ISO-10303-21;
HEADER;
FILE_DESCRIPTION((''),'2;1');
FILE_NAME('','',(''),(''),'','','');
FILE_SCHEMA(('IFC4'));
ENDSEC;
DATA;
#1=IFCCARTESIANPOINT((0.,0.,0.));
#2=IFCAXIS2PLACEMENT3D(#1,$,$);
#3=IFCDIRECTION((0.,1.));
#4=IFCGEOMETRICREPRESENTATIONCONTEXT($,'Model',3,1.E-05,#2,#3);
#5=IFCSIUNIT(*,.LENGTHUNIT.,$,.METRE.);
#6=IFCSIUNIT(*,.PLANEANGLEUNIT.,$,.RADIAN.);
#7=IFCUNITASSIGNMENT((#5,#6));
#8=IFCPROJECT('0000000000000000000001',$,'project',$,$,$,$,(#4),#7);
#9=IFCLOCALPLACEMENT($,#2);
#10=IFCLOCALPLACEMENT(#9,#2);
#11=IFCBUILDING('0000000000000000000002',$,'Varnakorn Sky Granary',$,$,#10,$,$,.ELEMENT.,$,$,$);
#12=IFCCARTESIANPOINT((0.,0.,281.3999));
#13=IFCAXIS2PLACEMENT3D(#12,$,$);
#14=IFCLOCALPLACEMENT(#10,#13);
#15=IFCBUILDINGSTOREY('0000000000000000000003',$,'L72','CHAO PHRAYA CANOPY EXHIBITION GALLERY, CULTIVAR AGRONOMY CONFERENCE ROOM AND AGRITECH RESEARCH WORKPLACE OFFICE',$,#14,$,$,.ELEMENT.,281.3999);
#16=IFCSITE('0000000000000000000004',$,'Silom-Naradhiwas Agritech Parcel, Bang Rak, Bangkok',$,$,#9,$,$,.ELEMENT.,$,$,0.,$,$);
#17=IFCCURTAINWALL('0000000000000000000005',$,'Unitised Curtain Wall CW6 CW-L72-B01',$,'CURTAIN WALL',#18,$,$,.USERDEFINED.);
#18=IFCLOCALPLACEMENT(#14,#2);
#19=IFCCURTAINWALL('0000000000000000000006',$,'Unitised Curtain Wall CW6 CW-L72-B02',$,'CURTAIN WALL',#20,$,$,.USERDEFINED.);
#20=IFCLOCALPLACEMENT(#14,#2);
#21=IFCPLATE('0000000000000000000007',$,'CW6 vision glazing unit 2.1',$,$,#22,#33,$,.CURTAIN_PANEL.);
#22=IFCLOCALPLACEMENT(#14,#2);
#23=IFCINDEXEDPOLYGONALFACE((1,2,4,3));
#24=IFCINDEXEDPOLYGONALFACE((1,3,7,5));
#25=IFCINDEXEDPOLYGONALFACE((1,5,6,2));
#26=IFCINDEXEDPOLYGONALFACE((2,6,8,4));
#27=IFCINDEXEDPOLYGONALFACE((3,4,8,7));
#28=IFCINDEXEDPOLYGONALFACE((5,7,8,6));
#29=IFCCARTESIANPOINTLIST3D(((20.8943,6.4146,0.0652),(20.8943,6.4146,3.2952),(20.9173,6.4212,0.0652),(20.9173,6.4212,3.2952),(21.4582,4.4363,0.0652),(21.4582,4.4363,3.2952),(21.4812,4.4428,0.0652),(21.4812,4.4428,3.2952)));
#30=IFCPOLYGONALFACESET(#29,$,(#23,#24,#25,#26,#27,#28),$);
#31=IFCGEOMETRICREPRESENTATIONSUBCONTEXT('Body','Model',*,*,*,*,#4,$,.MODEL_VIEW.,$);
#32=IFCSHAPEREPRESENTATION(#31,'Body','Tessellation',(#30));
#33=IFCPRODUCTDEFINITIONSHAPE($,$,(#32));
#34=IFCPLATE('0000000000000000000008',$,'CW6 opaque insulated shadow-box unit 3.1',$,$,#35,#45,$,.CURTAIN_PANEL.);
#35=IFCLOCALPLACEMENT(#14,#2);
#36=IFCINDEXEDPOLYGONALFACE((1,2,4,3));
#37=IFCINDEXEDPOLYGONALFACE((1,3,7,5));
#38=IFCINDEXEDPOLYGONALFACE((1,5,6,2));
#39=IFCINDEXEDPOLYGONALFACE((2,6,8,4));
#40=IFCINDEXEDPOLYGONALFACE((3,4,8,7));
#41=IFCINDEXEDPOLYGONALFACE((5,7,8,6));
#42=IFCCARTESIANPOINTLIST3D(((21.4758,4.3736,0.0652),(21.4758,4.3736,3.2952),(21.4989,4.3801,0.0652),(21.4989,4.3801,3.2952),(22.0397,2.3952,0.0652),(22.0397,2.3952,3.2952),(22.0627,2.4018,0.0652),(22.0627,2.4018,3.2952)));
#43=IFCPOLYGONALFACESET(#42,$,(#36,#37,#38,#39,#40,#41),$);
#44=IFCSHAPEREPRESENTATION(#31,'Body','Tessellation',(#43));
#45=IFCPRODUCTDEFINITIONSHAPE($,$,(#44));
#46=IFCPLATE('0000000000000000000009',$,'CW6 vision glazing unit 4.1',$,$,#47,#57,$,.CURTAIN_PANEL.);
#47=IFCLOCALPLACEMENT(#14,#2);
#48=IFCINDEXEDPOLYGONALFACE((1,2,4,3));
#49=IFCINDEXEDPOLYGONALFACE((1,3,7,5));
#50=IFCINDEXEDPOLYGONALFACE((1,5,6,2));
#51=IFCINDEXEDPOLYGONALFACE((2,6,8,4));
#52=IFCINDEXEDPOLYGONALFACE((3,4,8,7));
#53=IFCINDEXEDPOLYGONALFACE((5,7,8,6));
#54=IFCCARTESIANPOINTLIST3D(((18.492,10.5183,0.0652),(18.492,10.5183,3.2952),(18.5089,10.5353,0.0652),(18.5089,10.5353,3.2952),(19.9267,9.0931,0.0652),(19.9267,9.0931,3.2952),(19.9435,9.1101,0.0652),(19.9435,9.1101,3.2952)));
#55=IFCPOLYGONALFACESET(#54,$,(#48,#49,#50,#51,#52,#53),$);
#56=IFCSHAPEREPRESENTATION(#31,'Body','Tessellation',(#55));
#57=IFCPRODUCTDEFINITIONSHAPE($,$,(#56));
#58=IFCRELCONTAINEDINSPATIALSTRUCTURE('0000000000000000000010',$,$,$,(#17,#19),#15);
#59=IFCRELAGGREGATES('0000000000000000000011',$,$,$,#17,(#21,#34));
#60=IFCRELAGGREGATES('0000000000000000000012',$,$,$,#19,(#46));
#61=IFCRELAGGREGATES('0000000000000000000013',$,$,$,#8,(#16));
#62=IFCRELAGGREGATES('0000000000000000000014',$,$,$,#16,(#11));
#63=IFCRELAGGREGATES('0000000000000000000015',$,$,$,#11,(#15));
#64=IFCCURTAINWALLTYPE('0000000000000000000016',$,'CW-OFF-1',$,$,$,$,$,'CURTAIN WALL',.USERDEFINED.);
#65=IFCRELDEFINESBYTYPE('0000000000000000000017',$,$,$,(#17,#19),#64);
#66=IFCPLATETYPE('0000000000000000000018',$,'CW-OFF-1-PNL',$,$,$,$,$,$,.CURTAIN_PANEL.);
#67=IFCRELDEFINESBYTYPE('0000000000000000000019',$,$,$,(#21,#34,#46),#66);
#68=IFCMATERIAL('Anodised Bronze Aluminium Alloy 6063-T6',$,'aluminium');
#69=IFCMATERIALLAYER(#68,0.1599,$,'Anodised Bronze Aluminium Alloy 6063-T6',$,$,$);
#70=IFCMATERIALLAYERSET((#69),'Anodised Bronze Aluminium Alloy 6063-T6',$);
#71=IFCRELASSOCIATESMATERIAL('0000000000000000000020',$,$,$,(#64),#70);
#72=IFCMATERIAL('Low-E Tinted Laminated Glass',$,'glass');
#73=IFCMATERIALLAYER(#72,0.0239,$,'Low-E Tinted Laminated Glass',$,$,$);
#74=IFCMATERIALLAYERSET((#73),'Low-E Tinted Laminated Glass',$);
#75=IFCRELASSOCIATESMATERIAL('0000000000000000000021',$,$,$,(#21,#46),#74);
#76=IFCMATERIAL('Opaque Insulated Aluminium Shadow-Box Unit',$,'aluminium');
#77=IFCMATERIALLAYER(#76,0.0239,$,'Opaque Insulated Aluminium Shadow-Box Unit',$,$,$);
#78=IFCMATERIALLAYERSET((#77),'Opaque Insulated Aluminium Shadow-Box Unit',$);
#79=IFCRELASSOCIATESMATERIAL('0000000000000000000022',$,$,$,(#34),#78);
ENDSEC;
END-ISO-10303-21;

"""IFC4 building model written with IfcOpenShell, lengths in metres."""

from ifc_helpers import new_model, si_unit, direction, frame, origin, origin_2d, place, context, subcontext, project, spatial, rectangle, extrude, source, transform, mapped, material, layer, layer_set, type_object, element, aggregate, save


model = new_model("IFC4")

# Units and contexts
model_context = context("Model", 3, precision=1e-05, world=origin(), true_north=direction((0.0, 1.0)))
body_context = subcontext(model_context, "Body", "Model", "MODEL_VIEW")
ifc_project = project(units=[si_unit("LENGTHUNIT", "METRE"), si_unit("PLANEANGLEUNIT", "RADIAN")], contexts=[model_context])

# Site, building, storey
site_placement = place(None, origin())
site = spatial("IfcSite", under=ifc_project, at=site_placement, Name="Silom-Naradhiwas Agritech Parcel, Bang Rak, Bangkok", CompositionType="ELEMENT", RefElevation=0.0)
building_placement = place(site_placement, origin())
building = spatial("IfcBuilding", under=site, at=building_placement, Name="Varnakorn Sky Granary", CompositionType="ELEMENT")
storey_placement = place(building_placement, frame((0.0, 0.0, 281.3999)))
storey = spatial("IfcBuildingStorey", under=building, at=storey_placement, Name="L72", Description="CHAO PHRAYA CANOPY EXHIBITION GALLERY, CULTIVAR AGRONOMY CONFERENCE ROOM AND AGRITECH RESEARCH WORKPLACE OFFICE", CompositionType="ELEMENT", Elevation=281.3999)

# Curtain wall
ifc_material_1 = material(Name="Anodised Bronze Aluminium Alloy 6063-T6", Category="aluminium")
ifc_layer_1 = layer(ifc_material_1, 0.1599, Name="Anodised Bronze Aluminium Alloy 6063-T6")
ifc_layer_set_1 = layer_set([ifc_layer_1], Name="Anodised Bronze Aluminium Alloy 6063-T6")
curtain_wall_type = type_object("IfcCurtainWallType", Name="CW-OFF-1", ElementType="CURTAIN WALL", PredefinedType="USERDEFINED", material=ifc_layer_set_1)
curtain_wall_1_placement = place(storey_placement, origin())
curtain_wall_1 = element("IfcCurtainWall", 1, at=curtain_wall_1_placement, inside=storey, type_object=curtain_wall_type, Name="Unitised Curtain Wall CW6 CW-L72-B01", ObjectType="CURTAIN WALL", PredefinedType="USERDEFINED")

# Curtain wall
curtain_wall_2_placement = place(storey_placement, origin())
curtain_wall_2 = element("IfcCurtainWall", 2, at=curtain_wall_2_placement, inside=storey, type_object=curtain_wall_type, Name="Unitised Curtain Wall CW6 CW-L72-B02", ObjectType="CURTAIN WALL", PredefinedType="USERDEFINED")

# Plates
ifc_material_2 = material(Name="Low-E Tinted Laminated Glass", Category="glass")
ifc_layer_2 = layer(ifc_material_2, 0.0239, Name="Low-E Tinted Laminated Glass")
ifc_layer_set_2 = layer_set([ifc_layer_2], Name="Low-E Tinted Laminated Glass")
plate_type = type_object("IfcPlateType", Name="CW-OFF-1-PNL", PredefinedType="CURTAIN_PANEL")
ifc_material_3 = material(Name="Opaque Insulated Aluminium Shadow-Box Unit", Category="aluminium")
ifc_layer_3 = layer(ifc_material_3, 0.0239, Name="Opaque Insulated Aluminium Shadow-Box Unit")
ifc_layer_set_3 = layer_set([ifc_layer_3], Name="Opaque Insulated Aluminium Shadow-Box Unit")
shared_shape_1 = source(origin(), body_context, "Body", "SweptSolid", [
    extrude(rectangle(XDim=2.0571, YDim=0.0239, at=origin_2d()), origin(), (0.0, 0.0, 1.0), 3.23),
])
plate_1_placement = place(storey_placement, frame((21.1877, 5.4287, 0.0652), z_axis=(0.0, 0.0, 1.0), x_axis=(0.274108, -0.961699, 0.0)))
plate_1 = element("IfcPlate", 3, at=plate_1_placement, type_object=plate_type, material=ifc_layer_set_2, Name="CW6 vision glazing unit 2.1", PredefinedType="CURTAIN_PANEL", context=body_context, shape_type="MappedRepresentation", body=[
    mapped(shared_shape_1, transform((0.0, 0.0, 0.0), x_axis=(1.0, 0.0, 0.0), y_axis=(0.0, 1.0, 0.0), z_axis=(0.0, 0.0, 1.0), scale=1.0)),
])
plate_2_placement = place(storey_placement, frame((21.7693, 3.3877, 0.0652), z_axis=(0.0, 0.0, 1.0), x_axis=(0.274108, -0.961699, 0.0)))
plate_2 = element("IfcPlate", 4, at=plate_2_placement, type_object=plate_type, material=ifc_layer_set_3, Name="CW6 opaque insulated shadow-box unit 3.1", PredefinedType="CURTAIN_PANEL", context=body_context, shape_type="MappedRepresentation", body=[
    mapped(shared_shape_1, transform((0.0, 0.0, 0.0), x_axis=(1.0, 0.0, 0.0), y_axis=(0.0, 1.0, 0.0), z_axis=(0.0, 0.0, 1.0), scale=1.0)),
])
aggregate(curtain_wall_1, [plate_1, plate_2])
shared_shape_2 = source(origin(), body_context, "Body", "SweptSolid", [
    extrude(rectangle(XDim=2.0222, YDim=0.0239, at=origin_2d()), origin(), (0.0, 0.0, 1.0), 3.23),
])
plate_3_placement = place(storey_placement, frame((19.2178, 9.8142, 0.0652), z_axis=(0.0, 0.0, 1.0), x_axis=(0.709444, -0.704762, 0.0)))
plate_3 = element("IfcPlate", 5, at=plate_3_placement, type_object=plate_type, material=ifc_layer_set_2, Name="CW6 vision glazing unit 4.1", PredefinedType="CURTAIN_PANEL", context=body_context, shape_type="MappedRepresentation", body=[
    mapped(shared_shape_2, transform((0.0, 0.0, 0.0), x_axis=(1.0, 0.0, 0.0), y_axis=(0.0, 1.0, 0.0), z_axis=(0.0, 0.0, 1.0), scale=1.0)),
])
aggregate(curtain_wall_2, [plate_3])

save(model, "model.ifc")
